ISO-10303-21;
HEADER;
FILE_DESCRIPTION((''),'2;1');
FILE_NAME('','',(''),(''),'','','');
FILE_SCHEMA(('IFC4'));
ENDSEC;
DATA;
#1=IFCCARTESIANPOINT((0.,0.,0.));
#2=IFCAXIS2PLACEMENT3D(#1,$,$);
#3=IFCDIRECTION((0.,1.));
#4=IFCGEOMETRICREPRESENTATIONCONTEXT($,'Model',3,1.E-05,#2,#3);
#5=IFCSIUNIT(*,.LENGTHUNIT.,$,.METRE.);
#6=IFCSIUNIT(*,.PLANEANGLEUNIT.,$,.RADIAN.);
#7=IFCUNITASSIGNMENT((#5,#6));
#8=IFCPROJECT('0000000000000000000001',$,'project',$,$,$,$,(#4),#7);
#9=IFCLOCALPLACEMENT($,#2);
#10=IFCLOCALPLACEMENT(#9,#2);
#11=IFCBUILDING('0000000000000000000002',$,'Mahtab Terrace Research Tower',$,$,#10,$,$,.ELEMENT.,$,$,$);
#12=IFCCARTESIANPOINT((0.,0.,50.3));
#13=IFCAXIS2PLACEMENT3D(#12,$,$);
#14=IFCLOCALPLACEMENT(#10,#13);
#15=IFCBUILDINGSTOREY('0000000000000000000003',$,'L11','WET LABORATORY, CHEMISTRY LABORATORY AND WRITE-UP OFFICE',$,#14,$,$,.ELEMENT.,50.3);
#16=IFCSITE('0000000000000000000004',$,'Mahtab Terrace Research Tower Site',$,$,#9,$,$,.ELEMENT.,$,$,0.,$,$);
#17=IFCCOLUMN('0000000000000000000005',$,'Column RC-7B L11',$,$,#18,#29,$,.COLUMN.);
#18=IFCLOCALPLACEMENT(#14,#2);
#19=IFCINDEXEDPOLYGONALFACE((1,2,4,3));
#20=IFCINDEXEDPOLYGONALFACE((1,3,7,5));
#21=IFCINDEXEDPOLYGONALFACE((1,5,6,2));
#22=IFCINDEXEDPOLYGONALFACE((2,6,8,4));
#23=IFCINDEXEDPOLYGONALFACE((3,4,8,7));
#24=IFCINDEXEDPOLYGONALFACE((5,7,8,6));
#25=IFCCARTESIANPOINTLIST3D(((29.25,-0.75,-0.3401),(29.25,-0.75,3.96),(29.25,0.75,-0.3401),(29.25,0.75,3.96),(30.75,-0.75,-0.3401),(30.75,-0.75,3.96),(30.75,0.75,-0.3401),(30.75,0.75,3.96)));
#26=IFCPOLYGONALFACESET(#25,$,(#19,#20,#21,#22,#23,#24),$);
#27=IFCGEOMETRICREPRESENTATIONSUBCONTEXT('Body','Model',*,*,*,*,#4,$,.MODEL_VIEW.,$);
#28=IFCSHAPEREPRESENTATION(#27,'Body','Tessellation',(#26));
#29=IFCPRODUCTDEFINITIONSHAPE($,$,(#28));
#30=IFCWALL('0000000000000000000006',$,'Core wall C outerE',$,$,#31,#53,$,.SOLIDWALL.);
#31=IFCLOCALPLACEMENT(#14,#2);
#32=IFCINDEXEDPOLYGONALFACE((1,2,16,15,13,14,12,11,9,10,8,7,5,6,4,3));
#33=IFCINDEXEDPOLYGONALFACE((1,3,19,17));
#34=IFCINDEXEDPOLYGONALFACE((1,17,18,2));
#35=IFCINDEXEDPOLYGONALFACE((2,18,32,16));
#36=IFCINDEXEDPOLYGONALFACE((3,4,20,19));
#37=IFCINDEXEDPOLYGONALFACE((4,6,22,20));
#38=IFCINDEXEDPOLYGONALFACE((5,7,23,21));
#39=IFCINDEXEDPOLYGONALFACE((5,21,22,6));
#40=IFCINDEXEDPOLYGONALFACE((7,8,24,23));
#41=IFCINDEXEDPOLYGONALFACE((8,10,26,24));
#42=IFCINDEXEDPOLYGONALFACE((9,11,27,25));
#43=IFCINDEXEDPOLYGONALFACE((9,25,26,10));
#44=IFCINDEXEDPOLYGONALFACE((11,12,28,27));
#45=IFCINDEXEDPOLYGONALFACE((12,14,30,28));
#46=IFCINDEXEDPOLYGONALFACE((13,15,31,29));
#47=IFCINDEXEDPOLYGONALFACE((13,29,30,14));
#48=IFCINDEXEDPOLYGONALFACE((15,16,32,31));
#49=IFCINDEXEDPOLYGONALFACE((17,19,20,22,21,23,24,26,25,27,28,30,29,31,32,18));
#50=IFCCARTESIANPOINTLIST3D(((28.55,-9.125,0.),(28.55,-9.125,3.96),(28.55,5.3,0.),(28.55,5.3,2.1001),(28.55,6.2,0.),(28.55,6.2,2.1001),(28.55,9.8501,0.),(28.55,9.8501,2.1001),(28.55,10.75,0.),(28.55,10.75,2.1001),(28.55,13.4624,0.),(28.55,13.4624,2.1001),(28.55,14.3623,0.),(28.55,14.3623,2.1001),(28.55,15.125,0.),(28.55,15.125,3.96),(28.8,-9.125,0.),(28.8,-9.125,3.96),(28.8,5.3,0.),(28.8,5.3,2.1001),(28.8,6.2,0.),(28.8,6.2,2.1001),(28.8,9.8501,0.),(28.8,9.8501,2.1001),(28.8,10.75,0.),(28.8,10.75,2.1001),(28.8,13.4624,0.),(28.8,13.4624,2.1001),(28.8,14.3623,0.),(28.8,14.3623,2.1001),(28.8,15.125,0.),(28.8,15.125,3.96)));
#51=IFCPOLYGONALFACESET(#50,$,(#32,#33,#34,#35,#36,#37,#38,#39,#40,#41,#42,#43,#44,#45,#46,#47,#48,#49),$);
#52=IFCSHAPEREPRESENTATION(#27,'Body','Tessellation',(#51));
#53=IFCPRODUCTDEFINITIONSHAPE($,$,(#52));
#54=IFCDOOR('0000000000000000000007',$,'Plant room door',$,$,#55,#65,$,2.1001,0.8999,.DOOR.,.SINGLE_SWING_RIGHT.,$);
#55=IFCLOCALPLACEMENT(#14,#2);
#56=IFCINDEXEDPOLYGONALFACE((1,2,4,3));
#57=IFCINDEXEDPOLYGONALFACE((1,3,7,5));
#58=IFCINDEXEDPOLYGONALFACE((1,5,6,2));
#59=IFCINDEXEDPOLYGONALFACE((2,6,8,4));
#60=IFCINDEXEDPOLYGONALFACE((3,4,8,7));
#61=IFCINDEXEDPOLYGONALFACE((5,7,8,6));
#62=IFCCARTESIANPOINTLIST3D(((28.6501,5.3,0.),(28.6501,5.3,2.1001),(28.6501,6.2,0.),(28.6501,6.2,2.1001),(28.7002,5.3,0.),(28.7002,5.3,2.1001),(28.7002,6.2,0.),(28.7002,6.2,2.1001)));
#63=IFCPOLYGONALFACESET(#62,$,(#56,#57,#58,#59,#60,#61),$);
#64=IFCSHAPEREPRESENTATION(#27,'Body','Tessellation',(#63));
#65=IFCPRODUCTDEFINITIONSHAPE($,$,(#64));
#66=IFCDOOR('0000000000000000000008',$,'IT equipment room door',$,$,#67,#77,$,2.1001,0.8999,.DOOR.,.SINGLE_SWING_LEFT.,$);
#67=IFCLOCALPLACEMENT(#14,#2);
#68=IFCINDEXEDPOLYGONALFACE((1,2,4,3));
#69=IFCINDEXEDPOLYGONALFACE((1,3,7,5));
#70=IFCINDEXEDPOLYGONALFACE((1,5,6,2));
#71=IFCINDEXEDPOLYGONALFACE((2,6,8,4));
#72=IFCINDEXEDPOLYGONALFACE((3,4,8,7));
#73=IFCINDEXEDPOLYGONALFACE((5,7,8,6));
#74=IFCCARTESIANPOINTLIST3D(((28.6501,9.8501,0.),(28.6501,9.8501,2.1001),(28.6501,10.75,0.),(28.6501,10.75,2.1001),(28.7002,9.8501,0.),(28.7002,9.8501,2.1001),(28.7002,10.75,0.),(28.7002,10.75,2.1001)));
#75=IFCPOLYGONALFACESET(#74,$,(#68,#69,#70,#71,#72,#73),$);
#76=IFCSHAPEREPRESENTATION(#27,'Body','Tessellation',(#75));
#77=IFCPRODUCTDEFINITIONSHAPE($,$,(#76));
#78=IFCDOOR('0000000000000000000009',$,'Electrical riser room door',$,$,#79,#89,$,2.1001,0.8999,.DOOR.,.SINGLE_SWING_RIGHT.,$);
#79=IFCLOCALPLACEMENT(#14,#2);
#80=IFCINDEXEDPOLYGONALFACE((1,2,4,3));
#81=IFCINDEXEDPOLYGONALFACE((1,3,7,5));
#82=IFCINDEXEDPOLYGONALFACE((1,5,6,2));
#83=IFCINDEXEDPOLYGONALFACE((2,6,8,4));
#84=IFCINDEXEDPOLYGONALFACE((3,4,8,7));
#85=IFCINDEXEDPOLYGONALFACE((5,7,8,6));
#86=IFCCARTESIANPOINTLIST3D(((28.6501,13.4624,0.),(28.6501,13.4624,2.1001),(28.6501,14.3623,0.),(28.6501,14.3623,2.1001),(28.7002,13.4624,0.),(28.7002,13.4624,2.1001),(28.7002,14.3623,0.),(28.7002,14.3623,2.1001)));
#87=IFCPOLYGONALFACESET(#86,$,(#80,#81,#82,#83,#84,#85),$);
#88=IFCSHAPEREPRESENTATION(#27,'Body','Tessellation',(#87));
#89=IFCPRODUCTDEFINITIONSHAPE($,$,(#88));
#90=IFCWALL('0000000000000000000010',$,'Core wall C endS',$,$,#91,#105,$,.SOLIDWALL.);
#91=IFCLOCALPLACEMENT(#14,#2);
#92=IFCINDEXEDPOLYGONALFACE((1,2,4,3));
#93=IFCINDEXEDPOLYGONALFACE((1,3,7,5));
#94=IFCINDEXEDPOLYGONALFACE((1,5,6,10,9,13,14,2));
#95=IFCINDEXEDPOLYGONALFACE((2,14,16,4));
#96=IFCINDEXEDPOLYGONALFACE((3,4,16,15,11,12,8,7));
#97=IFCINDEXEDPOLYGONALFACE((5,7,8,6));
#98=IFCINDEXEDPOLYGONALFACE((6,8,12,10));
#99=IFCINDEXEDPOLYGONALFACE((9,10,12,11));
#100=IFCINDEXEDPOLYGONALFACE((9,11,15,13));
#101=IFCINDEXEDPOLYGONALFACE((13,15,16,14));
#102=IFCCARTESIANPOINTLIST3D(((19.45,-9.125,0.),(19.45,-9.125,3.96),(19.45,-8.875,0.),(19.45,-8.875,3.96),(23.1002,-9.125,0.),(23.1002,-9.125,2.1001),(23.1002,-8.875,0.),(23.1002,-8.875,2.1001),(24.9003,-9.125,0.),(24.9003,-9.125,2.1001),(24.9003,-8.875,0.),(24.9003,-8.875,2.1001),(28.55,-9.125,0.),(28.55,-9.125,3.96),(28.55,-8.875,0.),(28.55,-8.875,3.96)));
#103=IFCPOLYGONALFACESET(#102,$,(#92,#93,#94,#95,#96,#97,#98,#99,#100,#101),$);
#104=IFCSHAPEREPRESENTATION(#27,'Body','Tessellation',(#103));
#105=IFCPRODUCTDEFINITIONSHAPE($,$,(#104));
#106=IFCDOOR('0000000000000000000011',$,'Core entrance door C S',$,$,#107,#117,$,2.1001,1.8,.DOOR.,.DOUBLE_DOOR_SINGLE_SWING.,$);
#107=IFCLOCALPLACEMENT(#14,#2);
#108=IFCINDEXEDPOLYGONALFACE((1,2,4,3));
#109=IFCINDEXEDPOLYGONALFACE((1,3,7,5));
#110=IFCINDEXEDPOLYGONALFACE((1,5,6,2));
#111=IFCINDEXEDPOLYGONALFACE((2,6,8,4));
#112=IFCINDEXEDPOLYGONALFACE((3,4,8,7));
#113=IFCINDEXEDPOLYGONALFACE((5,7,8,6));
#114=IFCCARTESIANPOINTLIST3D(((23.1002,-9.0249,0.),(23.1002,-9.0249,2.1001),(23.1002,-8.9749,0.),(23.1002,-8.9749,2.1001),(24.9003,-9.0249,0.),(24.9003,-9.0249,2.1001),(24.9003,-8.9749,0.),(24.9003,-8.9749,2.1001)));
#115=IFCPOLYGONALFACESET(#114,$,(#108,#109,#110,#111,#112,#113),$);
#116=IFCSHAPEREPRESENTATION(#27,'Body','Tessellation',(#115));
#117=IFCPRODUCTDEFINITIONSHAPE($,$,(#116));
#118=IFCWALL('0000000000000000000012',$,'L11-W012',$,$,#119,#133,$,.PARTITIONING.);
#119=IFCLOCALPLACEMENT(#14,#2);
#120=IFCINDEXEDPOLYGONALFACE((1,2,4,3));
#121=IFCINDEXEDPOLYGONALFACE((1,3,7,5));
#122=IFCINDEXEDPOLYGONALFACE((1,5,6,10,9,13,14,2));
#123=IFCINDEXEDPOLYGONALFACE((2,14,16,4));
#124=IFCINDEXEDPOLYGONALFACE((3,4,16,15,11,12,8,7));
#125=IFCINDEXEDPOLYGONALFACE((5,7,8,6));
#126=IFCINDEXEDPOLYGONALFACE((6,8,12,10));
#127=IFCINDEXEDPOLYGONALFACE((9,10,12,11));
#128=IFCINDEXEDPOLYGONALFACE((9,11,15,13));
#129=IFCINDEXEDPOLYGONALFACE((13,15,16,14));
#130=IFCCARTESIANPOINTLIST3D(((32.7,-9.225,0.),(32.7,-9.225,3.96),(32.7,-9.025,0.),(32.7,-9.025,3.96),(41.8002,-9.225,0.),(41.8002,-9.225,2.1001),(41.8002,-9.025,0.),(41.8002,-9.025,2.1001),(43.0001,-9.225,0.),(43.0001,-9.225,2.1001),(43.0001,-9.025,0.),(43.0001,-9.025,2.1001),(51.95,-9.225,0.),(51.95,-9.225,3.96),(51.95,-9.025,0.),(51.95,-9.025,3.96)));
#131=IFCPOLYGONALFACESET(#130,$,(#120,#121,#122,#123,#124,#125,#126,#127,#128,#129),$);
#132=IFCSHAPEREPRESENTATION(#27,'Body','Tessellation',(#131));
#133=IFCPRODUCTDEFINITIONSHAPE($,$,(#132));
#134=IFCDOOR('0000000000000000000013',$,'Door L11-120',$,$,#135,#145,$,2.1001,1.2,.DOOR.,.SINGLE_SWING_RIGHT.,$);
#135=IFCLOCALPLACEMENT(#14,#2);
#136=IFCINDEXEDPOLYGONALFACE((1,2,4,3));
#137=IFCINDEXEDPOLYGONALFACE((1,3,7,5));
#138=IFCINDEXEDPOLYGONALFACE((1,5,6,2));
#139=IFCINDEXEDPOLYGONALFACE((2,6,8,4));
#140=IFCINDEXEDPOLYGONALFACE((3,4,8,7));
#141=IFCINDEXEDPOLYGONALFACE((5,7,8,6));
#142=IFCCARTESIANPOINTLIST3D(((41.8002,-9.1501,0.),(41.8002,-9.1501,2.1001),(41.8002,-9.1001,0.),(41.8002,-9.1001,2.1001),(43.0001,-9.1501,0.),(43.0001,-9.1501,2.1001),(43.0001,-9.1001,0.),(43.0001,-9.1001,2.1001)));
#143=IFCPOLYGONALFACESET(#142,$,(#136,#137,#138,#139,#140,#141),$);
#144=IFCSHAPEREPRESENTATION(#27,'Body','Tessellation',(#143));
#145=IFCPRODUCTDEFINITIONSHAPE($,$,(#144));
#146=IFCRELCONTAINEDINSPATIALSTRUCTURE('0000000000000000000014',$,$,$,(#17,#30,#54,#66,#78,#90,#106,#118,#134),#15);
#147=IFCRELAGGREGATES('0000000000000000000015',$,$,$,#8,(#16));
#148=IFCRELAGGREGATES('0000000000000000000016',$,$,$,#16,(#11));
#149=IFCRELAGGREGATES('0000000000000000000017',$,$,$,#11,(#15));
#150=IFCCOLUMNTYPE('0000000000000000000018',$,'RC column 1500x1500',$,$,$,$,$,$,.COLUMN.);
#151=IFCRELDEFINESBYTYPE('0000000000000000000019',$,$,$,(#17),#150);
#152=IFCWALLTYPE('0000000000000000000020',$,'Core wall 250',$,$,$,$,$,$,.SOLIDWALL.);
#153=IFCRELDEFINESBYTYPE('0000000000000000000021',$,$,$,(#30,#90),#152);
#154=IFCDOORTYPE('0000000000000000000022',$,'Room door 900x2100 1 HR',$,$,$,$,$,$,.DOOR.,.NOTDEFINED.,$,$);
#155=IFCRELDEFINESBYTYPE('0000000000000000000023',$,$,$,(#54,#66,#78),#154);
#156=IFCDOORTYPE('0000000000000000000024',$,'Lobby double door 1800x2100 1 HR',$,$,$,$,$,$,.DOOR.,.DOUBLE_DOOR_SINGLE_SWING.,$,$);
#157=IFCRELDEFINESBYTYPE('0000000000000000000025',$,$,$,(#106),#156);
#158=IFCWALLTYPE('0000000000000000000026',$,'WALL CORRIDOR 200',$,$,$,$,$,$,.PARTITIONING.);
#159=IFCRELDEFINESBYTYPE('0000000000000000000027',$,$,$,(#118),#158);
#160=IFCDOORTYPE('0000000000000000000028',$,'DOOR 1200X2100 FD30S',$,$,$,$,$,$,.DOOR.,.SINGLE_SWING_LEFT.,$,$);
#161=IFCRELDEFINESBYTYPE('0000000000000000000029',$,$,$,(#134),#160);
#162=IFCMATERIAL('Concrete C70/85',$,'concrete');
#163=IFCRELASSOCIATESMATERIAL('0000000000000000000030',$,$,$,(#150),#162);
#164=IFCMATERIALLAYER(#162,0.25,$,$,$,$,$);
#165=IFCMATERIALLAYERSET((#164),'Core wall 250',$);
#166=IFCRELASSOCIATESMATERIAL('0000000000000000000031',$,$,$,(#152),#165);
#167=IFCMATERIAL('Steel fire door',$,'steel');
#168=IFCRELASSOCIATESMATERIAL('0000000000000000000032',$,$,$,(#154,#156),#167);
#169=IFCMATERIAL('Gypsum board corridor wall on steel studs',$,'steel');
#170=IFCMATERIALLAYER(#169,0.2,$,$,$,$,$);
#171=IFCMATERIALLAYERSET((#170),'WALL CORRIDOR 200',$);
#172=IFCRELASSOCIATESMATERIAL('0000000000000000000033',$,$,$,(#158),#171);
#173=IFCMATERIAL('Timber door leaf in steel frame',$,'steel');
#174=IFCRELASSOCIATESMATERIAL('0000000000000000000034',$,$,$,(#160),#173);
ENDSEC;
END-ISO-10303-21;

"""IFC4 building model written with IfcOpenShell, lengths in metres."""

from ifc_helpers import new_model, si_unit, direction, frame, frame_2d, origin, origin_2d, place, context, subcontext, project, spatial, rectangle, extrude, material, layer, layer_set, material_profile, profile_set, type_object, element, fill, save


model = new_model("IFC4")

# Units and contexts
model_context = context("Model", 3, precision=1e-05, world=origin(), true_north=direction((0.0, 1.0)))
body_context = subcontext(model_context, "Body", "Model", "MODEL_VIEW")
ifc_project = project(units=[si_unit("LENGTHUNIT", "METRE"), si_unit("PLANEANGLEUNIT", "RADIAN")], contexts=[model_context])

# Site, building, storey
site_placement = place(None, origin())
site = spatial("IfcSite", under=ifc_project, at=site_placement, Name="Mahtab Terrace Research Tower Site", CompositionType="ELEMENT", RefElevation=0.0)
building_placement = place(site_placement, origin())
building = spatial("IfcBuilding", under=site, at=building_placement, Name="Mahtab Terrace Research Tower", CompositionType="ELEMENT")
storey_placement = place(building_placement, frame((0.0, 0.0, 50.3)))
storey = spatial("IfcBuildingStorey", under=building, at=storey_placement, Name="L11", Description="WET LABORATORY, CHEMISTRY LABORATORY AND WRITE-UP OFFICE", CompositionType="ELEMENT", Elevation=50.3)

# Column
ifc_material_1 = material(Name="Concrete C70/85", Category="concrete")
ifc_material_profile = material_profile(ifc_material_1, rectangle(XDim=1.5, YDim=1.5, at=origin_2d()), Name="RC column 1500x1500")
ifc_profile_set = profile_set([ifc_material_profile], Name="Concrete C70/85")
column_type = type_object("IfcColumnType", Name="RC column 1500x1500", PredefinedType="COLUMN", material=ifc_profile_set)
column_placement = place(storey_placement, frame((30.0, 0.0, -0.3401), z_axis=(0.0, 0.0, 1.0), x_axis=(1.0, 0.0, 0.0)))
element("IfcColumn", 1, at=column_placement, inside=storey, type_object=column_type, Name="Column RC-7B L11", PredefinedType="COLUMN", context=body_context, shape_type="SweptSolid", body=[
    extrude(rectangle(XDim=1.5, YDim=1.5, at=origin_2d()), origin(), (0.0, 0.0, 1.0), 4.3),
])

# Wall, openings, doors
ifc_layer_1 = layer(ifc_material_1, 0.25)
ifc_layer_set_1 = layer_set([ifc_layer_1], Name="Core wall 250")
wall_type_1 = type_object("IfcWallType", Name="Core wall 250", PredefinedType="SOLIDWALL", material=ifc_layer_set_1)
wall_1_placement = place(storey_placement, frame((28.675, -9.125, 0.0), z_axis=(0.0, 0.0, 1.0), x_axis=(0.0, 1.0, 0.0)))
wall_1 = element("IfcWall", 2, at=wall_1_placement, inside=storey, type_object=wall_type_1, Name="Core wall C outerE", PredefinedType="SOLIDWALL", context=body_context, shape_type="SweptSolid", body=[
    extrude(rectangle(XDim=24.25, YDim=0.25, at=frame_2d((12.125, 0.0))), origin(), (0.0, 0.0, 1.0), 3.96),
])
opening_1_placement = place(wall_1_placement, frame((14.425, 0.0, 0.0)))
opening_1 = element("IfcOpeningElement", 3, at=opening_1_placement, cuts=wall_1, PredefinedType="OPENING", context=body_context, shape_type="SweptSolid", body=[
    extrude(rectangle(XDim=0.8999, YDim=2.1001, at=frame_2d((0.45, 1.05))), frame((0.0, 0.135, 0.0), z_axis=(0.0, -1.0, 0.0), x_axis=(1.0, 0.0, 0.0)), (0.0, 0.0, 1.0), 0.27),
])
opening_2_placement = place(wall_1_placement, frame((18.9751, 0.0, 0.0)))
opening_2 = element("IfcOpeningElement", 4, at=opening_2_placement, cuts=wall_1, PredefinedType="OPENING", context=body_context, shape_type="SweptSolid", body=[
    extrude(rectangle(XDim=0.8999, YDim=2.1001, at=frame_2d((0.45, 1.05))), frame((0.0, 0.135, 0.0), z_axis=(0.0, -1.0, 0.0), x_axis=(1.0, 0.0, 0.0)), (0.0, 0.0, 1.0), 0.27),
])
opening_3_placement = place(wall_1_placement, frame((22.5874, 0.0, 0.0)))
opening_3 = element("IfcOpeningElement", 5, at=opening_3_placement, cuts=wall_1, PredefinedType="OPENING", context=body_context, shape_type="SweptSolid", body=[
    extrude(rectangle(XDim=0.8999, YDim=2.1001, at=frame_2d((0.45, 1.05))), frame((0.0, 0.135, 0.0), z_axis=(0.0, -1.0, 0.0), x_axis=(1.0, 0.0, 0.0)), (0.0, 0.0, 1.0), 0.27),
])
ifc_material_2 = material(Name="Steel fire door", Category="steel")
door_type_1 = type_object("IfcDoorType", Name="Room door 900x2100 1 HR", OperationType="NOTDEFINED", PredefinedType="DOOR", material=ifc_material_2)
door_1_placement = place(opening_1_placement, origin())
door_1 = element("IfcDoor", 6, at=door_1_placement, inside=storey, type_object=door_type_1, Name="Plant room door", OperationType="SINGLE_SWING_RIGHT", OverallHeight=2.1001, OverallWidth=0.8999, PredefinedType="DOOR", context=body_context, shape_type="SweptSolid", body=[
    extrude(rectangle(XDim=0.8999, YDim=2.1001, at=frame_2d((0.45, 1.05))), frame((0.0, 0.0249, 0.0), z_axis=(0.0, -1.0, 0.0), x_axis=(1.0, 0.0, 0.0)), (0.0, 0.0, 1.0), 0.05),
])
fill(opening_1, door_1)
door_2_placement = place(opening_2_placement, origin())
door_2 = element("IfcDoor", 7, at=door_2_placement, inside=storey, type_object=door_type_1, Name="IT equipment room door", OperationType="SINGLE_SWING_LEFT", OverallHeight=2.1001, OverallWidth=0.8999, PredefinedType="DOOR", context=body_context, shape_type="SweptSolid", body=[
    extrude(rectangle(XDim=0.8999, YDim=2.1001, at=frame_2d((0.45, 1.05))), frame((0.0, 0.0249, 0.0), z_axis=(0.0, -1.0, 0.0), x_axis=(1.0, 0.0, 0.0)), (0.0, 0.0, 1.0), 0.05),
])
fill(opening_2, door_2)
door_3_placement = place(opening_3_placement, origin())
door_3 = element("IfcDoor", 8, at=door_3_placement, inside=storey, type_object=door_type_1, Name="Electrical riser room door", OperationType="SINGLE_SWING_RIGHT", OverallHeight=2.1001, OverallWidth=0.8999, PredefinedType="DOOR", context=body_context, shape_type="SweptSolid", body=[
    extrude(rectangle(XDim=0.8999, YDim=2.1001, at=frame_2d((0.45, 1.05))), frame((0.0, 0.0249, 0.0), z_axis=(0.0, -1.0, 0.0), x_axis=(1.0, 0.0, 0.0)), (0.0, 0.0, 1.0), 0.05),
])
fill(opening_3, door_3)

# Walls, openings, doors
wall_2_placement = place(storey_placement, frame((28.55, -9.0, 0.0), z_axis=(0.0, 0.0, 1.0), x_axis=(-1.0, 0.0, 0.0)))
wall_2 = element("IfcWall", 9, at=wall_2_placement, inside=storey, type_object=wall_type_1, Name="Core wall C endS", PredefinedType="SOLIDWALL", context=body_context, shape_type="SweptSolid", body=[
    extrude(rectangle(XDim=9.1001, YDim=0.25, at=frame_2d((4.55, 0.0))), origin(), (0.0, 0.0, 1.0), 3.96),
])
opening_4_placement = place(wall_2_placement, frame((3.6499, 0.0, 0.0)))
opening_4 = element("IfcOpeningElement", 10, at=opening_4_placement, cuts=wall_2, PredefinedType="OPENING", context=body_context, shape_type="SweptSolid", body=[
    extrude(rectangle(XDim=1.8, YDim=2.1001, at=frame_2d((0.8999, 1.05))), frame((0.0, 0.135, 0.0), z_axis=(0.0, -1.0, 0.0), x_axis=(1.0, 0.0, 0.0)), (0.0, 0.0, 1.0), 0.27),
])
door_type_2 = type_object("IfcDoorType", Name="Lobby double door 1800x2100 1 HR", OperationType="DOUBLE_DOOR_SINGLE_SWING", PredefinedType="DOOR", material=ifc_material_2)
door_4_placement = place(opening_4_placement, origin())
door_4 = element("IfcDoor", 11, at=door_4_placement, inside=storey, type_object=door_type_2, Name="Core entrance door C S", OperationType="DOUBLE_DOOR_SINGLE_SWING", OverallHeight=2.1001, OverallWidth=1.8, PredefinedType="DOOR", context=body_context, shape_type="SweptSolid", body=[
    extrude(rectangle(XDim=1.8, YDim=2.1001, at=frame_2d((0.8999, 1.05))), frame((0.0, 0.0249, 0.0), z_axis=(0.0, -1.0, 0.0), x_axis=(1.0, 0.0, 0.0)), (0.0, 0.0, 1.0), 0.05),
])
fill(opening_4, door_4)
ifc_material_3 = material(Name="Gypsum board corridor wall on steel studs", Category="steel")
ifc_layer_2 = layer(ifc_material_3, 0.2)
ifc_layer_set_2 = layer_set([ifc_layer_2], Name="WALL CORRIDOR 200")
wall_type_2 = type_object("IfcWallType", Name="WALL CORRIDOR 200", PredefinedType="PARTITIONING", material=ifc_layer_set_2)
wall_3_placement = place(storey_placement, frame((32.7, -9.125, 0.0), z_axis=(0.0, 0.0, 1.0), x_axis=(1.0, 0.0, 0.0)))
wall_3 = element("IfcWall", 12, at=wall_3_placement, inside=storey, type_object=wall_type_2, Name="L11-W012", PredefinedType="PARTITIONING", context=body_context, shape_type="SweptSolid", body=[
    extrude(rectangle(XDim=19.25, YDim=0.2, at=frame_2d((9.625, 0.0))), origin(), (0.0, 0.0, 1.0), 3.96),
])
opening_5_placement = place(wall_3_placement, frame((9.1001, 0.0, 0.0)))
opening_5 = element("IfcOpeningElement", 13, at=opening_5_placement, cuts=wall_3, PredefinedType="OPENING", context=body_context, shape_type="SweptSolid", body=[
    extrude(rectangle(XDim=1.2, YDim=2.1001, at=frame_2d((0.6001, 1.05))), frame((0.0, 0.1099, 0.0), z_axis=(0.0, -1.0, 0.0), x_axis=(1.0, 0.0, 0.0)), (0.0, 0.0, 1.0), 0.22),
])
ifc_material_4 = material(Name="Timber door leaf in steel frame", Category="steel")
door_type_3 = type_object("IfcDoorType", Name="DOOR 1200X2100 FD30S", OperationType="SINGLE_SWING_LEFT", PredefinedType="DOOR", material=ifc_material_4)
door_5_placement = place(opening_5_placement, origin())
door_5 = element("IfcDoor", 14, at=door_5_placement, inside=storey, type_object=door_type_3, Name="Door L11-120", OperationType="SINGLE_SWING_RIGHT", OverallHeight=2.1001, OverallWidth=1.2, PredefinedType="DOOR", context=body_context, shape_type="SweptSolid", body=[
    extrude(rectangle(XDim=1.2, YDim=2.1001, at=frame_2d((0.6001, 1.05))), frame((0.0, 0.0249, 0.0), z_axis=(0.0, -1.0, 0.0), x_axis=(1.0, 0.0, 0.0)), (0.0, 0.0, 1.0), 0.05),
])
fill(opening_5, door_5)

save(model, "model.ifc")
